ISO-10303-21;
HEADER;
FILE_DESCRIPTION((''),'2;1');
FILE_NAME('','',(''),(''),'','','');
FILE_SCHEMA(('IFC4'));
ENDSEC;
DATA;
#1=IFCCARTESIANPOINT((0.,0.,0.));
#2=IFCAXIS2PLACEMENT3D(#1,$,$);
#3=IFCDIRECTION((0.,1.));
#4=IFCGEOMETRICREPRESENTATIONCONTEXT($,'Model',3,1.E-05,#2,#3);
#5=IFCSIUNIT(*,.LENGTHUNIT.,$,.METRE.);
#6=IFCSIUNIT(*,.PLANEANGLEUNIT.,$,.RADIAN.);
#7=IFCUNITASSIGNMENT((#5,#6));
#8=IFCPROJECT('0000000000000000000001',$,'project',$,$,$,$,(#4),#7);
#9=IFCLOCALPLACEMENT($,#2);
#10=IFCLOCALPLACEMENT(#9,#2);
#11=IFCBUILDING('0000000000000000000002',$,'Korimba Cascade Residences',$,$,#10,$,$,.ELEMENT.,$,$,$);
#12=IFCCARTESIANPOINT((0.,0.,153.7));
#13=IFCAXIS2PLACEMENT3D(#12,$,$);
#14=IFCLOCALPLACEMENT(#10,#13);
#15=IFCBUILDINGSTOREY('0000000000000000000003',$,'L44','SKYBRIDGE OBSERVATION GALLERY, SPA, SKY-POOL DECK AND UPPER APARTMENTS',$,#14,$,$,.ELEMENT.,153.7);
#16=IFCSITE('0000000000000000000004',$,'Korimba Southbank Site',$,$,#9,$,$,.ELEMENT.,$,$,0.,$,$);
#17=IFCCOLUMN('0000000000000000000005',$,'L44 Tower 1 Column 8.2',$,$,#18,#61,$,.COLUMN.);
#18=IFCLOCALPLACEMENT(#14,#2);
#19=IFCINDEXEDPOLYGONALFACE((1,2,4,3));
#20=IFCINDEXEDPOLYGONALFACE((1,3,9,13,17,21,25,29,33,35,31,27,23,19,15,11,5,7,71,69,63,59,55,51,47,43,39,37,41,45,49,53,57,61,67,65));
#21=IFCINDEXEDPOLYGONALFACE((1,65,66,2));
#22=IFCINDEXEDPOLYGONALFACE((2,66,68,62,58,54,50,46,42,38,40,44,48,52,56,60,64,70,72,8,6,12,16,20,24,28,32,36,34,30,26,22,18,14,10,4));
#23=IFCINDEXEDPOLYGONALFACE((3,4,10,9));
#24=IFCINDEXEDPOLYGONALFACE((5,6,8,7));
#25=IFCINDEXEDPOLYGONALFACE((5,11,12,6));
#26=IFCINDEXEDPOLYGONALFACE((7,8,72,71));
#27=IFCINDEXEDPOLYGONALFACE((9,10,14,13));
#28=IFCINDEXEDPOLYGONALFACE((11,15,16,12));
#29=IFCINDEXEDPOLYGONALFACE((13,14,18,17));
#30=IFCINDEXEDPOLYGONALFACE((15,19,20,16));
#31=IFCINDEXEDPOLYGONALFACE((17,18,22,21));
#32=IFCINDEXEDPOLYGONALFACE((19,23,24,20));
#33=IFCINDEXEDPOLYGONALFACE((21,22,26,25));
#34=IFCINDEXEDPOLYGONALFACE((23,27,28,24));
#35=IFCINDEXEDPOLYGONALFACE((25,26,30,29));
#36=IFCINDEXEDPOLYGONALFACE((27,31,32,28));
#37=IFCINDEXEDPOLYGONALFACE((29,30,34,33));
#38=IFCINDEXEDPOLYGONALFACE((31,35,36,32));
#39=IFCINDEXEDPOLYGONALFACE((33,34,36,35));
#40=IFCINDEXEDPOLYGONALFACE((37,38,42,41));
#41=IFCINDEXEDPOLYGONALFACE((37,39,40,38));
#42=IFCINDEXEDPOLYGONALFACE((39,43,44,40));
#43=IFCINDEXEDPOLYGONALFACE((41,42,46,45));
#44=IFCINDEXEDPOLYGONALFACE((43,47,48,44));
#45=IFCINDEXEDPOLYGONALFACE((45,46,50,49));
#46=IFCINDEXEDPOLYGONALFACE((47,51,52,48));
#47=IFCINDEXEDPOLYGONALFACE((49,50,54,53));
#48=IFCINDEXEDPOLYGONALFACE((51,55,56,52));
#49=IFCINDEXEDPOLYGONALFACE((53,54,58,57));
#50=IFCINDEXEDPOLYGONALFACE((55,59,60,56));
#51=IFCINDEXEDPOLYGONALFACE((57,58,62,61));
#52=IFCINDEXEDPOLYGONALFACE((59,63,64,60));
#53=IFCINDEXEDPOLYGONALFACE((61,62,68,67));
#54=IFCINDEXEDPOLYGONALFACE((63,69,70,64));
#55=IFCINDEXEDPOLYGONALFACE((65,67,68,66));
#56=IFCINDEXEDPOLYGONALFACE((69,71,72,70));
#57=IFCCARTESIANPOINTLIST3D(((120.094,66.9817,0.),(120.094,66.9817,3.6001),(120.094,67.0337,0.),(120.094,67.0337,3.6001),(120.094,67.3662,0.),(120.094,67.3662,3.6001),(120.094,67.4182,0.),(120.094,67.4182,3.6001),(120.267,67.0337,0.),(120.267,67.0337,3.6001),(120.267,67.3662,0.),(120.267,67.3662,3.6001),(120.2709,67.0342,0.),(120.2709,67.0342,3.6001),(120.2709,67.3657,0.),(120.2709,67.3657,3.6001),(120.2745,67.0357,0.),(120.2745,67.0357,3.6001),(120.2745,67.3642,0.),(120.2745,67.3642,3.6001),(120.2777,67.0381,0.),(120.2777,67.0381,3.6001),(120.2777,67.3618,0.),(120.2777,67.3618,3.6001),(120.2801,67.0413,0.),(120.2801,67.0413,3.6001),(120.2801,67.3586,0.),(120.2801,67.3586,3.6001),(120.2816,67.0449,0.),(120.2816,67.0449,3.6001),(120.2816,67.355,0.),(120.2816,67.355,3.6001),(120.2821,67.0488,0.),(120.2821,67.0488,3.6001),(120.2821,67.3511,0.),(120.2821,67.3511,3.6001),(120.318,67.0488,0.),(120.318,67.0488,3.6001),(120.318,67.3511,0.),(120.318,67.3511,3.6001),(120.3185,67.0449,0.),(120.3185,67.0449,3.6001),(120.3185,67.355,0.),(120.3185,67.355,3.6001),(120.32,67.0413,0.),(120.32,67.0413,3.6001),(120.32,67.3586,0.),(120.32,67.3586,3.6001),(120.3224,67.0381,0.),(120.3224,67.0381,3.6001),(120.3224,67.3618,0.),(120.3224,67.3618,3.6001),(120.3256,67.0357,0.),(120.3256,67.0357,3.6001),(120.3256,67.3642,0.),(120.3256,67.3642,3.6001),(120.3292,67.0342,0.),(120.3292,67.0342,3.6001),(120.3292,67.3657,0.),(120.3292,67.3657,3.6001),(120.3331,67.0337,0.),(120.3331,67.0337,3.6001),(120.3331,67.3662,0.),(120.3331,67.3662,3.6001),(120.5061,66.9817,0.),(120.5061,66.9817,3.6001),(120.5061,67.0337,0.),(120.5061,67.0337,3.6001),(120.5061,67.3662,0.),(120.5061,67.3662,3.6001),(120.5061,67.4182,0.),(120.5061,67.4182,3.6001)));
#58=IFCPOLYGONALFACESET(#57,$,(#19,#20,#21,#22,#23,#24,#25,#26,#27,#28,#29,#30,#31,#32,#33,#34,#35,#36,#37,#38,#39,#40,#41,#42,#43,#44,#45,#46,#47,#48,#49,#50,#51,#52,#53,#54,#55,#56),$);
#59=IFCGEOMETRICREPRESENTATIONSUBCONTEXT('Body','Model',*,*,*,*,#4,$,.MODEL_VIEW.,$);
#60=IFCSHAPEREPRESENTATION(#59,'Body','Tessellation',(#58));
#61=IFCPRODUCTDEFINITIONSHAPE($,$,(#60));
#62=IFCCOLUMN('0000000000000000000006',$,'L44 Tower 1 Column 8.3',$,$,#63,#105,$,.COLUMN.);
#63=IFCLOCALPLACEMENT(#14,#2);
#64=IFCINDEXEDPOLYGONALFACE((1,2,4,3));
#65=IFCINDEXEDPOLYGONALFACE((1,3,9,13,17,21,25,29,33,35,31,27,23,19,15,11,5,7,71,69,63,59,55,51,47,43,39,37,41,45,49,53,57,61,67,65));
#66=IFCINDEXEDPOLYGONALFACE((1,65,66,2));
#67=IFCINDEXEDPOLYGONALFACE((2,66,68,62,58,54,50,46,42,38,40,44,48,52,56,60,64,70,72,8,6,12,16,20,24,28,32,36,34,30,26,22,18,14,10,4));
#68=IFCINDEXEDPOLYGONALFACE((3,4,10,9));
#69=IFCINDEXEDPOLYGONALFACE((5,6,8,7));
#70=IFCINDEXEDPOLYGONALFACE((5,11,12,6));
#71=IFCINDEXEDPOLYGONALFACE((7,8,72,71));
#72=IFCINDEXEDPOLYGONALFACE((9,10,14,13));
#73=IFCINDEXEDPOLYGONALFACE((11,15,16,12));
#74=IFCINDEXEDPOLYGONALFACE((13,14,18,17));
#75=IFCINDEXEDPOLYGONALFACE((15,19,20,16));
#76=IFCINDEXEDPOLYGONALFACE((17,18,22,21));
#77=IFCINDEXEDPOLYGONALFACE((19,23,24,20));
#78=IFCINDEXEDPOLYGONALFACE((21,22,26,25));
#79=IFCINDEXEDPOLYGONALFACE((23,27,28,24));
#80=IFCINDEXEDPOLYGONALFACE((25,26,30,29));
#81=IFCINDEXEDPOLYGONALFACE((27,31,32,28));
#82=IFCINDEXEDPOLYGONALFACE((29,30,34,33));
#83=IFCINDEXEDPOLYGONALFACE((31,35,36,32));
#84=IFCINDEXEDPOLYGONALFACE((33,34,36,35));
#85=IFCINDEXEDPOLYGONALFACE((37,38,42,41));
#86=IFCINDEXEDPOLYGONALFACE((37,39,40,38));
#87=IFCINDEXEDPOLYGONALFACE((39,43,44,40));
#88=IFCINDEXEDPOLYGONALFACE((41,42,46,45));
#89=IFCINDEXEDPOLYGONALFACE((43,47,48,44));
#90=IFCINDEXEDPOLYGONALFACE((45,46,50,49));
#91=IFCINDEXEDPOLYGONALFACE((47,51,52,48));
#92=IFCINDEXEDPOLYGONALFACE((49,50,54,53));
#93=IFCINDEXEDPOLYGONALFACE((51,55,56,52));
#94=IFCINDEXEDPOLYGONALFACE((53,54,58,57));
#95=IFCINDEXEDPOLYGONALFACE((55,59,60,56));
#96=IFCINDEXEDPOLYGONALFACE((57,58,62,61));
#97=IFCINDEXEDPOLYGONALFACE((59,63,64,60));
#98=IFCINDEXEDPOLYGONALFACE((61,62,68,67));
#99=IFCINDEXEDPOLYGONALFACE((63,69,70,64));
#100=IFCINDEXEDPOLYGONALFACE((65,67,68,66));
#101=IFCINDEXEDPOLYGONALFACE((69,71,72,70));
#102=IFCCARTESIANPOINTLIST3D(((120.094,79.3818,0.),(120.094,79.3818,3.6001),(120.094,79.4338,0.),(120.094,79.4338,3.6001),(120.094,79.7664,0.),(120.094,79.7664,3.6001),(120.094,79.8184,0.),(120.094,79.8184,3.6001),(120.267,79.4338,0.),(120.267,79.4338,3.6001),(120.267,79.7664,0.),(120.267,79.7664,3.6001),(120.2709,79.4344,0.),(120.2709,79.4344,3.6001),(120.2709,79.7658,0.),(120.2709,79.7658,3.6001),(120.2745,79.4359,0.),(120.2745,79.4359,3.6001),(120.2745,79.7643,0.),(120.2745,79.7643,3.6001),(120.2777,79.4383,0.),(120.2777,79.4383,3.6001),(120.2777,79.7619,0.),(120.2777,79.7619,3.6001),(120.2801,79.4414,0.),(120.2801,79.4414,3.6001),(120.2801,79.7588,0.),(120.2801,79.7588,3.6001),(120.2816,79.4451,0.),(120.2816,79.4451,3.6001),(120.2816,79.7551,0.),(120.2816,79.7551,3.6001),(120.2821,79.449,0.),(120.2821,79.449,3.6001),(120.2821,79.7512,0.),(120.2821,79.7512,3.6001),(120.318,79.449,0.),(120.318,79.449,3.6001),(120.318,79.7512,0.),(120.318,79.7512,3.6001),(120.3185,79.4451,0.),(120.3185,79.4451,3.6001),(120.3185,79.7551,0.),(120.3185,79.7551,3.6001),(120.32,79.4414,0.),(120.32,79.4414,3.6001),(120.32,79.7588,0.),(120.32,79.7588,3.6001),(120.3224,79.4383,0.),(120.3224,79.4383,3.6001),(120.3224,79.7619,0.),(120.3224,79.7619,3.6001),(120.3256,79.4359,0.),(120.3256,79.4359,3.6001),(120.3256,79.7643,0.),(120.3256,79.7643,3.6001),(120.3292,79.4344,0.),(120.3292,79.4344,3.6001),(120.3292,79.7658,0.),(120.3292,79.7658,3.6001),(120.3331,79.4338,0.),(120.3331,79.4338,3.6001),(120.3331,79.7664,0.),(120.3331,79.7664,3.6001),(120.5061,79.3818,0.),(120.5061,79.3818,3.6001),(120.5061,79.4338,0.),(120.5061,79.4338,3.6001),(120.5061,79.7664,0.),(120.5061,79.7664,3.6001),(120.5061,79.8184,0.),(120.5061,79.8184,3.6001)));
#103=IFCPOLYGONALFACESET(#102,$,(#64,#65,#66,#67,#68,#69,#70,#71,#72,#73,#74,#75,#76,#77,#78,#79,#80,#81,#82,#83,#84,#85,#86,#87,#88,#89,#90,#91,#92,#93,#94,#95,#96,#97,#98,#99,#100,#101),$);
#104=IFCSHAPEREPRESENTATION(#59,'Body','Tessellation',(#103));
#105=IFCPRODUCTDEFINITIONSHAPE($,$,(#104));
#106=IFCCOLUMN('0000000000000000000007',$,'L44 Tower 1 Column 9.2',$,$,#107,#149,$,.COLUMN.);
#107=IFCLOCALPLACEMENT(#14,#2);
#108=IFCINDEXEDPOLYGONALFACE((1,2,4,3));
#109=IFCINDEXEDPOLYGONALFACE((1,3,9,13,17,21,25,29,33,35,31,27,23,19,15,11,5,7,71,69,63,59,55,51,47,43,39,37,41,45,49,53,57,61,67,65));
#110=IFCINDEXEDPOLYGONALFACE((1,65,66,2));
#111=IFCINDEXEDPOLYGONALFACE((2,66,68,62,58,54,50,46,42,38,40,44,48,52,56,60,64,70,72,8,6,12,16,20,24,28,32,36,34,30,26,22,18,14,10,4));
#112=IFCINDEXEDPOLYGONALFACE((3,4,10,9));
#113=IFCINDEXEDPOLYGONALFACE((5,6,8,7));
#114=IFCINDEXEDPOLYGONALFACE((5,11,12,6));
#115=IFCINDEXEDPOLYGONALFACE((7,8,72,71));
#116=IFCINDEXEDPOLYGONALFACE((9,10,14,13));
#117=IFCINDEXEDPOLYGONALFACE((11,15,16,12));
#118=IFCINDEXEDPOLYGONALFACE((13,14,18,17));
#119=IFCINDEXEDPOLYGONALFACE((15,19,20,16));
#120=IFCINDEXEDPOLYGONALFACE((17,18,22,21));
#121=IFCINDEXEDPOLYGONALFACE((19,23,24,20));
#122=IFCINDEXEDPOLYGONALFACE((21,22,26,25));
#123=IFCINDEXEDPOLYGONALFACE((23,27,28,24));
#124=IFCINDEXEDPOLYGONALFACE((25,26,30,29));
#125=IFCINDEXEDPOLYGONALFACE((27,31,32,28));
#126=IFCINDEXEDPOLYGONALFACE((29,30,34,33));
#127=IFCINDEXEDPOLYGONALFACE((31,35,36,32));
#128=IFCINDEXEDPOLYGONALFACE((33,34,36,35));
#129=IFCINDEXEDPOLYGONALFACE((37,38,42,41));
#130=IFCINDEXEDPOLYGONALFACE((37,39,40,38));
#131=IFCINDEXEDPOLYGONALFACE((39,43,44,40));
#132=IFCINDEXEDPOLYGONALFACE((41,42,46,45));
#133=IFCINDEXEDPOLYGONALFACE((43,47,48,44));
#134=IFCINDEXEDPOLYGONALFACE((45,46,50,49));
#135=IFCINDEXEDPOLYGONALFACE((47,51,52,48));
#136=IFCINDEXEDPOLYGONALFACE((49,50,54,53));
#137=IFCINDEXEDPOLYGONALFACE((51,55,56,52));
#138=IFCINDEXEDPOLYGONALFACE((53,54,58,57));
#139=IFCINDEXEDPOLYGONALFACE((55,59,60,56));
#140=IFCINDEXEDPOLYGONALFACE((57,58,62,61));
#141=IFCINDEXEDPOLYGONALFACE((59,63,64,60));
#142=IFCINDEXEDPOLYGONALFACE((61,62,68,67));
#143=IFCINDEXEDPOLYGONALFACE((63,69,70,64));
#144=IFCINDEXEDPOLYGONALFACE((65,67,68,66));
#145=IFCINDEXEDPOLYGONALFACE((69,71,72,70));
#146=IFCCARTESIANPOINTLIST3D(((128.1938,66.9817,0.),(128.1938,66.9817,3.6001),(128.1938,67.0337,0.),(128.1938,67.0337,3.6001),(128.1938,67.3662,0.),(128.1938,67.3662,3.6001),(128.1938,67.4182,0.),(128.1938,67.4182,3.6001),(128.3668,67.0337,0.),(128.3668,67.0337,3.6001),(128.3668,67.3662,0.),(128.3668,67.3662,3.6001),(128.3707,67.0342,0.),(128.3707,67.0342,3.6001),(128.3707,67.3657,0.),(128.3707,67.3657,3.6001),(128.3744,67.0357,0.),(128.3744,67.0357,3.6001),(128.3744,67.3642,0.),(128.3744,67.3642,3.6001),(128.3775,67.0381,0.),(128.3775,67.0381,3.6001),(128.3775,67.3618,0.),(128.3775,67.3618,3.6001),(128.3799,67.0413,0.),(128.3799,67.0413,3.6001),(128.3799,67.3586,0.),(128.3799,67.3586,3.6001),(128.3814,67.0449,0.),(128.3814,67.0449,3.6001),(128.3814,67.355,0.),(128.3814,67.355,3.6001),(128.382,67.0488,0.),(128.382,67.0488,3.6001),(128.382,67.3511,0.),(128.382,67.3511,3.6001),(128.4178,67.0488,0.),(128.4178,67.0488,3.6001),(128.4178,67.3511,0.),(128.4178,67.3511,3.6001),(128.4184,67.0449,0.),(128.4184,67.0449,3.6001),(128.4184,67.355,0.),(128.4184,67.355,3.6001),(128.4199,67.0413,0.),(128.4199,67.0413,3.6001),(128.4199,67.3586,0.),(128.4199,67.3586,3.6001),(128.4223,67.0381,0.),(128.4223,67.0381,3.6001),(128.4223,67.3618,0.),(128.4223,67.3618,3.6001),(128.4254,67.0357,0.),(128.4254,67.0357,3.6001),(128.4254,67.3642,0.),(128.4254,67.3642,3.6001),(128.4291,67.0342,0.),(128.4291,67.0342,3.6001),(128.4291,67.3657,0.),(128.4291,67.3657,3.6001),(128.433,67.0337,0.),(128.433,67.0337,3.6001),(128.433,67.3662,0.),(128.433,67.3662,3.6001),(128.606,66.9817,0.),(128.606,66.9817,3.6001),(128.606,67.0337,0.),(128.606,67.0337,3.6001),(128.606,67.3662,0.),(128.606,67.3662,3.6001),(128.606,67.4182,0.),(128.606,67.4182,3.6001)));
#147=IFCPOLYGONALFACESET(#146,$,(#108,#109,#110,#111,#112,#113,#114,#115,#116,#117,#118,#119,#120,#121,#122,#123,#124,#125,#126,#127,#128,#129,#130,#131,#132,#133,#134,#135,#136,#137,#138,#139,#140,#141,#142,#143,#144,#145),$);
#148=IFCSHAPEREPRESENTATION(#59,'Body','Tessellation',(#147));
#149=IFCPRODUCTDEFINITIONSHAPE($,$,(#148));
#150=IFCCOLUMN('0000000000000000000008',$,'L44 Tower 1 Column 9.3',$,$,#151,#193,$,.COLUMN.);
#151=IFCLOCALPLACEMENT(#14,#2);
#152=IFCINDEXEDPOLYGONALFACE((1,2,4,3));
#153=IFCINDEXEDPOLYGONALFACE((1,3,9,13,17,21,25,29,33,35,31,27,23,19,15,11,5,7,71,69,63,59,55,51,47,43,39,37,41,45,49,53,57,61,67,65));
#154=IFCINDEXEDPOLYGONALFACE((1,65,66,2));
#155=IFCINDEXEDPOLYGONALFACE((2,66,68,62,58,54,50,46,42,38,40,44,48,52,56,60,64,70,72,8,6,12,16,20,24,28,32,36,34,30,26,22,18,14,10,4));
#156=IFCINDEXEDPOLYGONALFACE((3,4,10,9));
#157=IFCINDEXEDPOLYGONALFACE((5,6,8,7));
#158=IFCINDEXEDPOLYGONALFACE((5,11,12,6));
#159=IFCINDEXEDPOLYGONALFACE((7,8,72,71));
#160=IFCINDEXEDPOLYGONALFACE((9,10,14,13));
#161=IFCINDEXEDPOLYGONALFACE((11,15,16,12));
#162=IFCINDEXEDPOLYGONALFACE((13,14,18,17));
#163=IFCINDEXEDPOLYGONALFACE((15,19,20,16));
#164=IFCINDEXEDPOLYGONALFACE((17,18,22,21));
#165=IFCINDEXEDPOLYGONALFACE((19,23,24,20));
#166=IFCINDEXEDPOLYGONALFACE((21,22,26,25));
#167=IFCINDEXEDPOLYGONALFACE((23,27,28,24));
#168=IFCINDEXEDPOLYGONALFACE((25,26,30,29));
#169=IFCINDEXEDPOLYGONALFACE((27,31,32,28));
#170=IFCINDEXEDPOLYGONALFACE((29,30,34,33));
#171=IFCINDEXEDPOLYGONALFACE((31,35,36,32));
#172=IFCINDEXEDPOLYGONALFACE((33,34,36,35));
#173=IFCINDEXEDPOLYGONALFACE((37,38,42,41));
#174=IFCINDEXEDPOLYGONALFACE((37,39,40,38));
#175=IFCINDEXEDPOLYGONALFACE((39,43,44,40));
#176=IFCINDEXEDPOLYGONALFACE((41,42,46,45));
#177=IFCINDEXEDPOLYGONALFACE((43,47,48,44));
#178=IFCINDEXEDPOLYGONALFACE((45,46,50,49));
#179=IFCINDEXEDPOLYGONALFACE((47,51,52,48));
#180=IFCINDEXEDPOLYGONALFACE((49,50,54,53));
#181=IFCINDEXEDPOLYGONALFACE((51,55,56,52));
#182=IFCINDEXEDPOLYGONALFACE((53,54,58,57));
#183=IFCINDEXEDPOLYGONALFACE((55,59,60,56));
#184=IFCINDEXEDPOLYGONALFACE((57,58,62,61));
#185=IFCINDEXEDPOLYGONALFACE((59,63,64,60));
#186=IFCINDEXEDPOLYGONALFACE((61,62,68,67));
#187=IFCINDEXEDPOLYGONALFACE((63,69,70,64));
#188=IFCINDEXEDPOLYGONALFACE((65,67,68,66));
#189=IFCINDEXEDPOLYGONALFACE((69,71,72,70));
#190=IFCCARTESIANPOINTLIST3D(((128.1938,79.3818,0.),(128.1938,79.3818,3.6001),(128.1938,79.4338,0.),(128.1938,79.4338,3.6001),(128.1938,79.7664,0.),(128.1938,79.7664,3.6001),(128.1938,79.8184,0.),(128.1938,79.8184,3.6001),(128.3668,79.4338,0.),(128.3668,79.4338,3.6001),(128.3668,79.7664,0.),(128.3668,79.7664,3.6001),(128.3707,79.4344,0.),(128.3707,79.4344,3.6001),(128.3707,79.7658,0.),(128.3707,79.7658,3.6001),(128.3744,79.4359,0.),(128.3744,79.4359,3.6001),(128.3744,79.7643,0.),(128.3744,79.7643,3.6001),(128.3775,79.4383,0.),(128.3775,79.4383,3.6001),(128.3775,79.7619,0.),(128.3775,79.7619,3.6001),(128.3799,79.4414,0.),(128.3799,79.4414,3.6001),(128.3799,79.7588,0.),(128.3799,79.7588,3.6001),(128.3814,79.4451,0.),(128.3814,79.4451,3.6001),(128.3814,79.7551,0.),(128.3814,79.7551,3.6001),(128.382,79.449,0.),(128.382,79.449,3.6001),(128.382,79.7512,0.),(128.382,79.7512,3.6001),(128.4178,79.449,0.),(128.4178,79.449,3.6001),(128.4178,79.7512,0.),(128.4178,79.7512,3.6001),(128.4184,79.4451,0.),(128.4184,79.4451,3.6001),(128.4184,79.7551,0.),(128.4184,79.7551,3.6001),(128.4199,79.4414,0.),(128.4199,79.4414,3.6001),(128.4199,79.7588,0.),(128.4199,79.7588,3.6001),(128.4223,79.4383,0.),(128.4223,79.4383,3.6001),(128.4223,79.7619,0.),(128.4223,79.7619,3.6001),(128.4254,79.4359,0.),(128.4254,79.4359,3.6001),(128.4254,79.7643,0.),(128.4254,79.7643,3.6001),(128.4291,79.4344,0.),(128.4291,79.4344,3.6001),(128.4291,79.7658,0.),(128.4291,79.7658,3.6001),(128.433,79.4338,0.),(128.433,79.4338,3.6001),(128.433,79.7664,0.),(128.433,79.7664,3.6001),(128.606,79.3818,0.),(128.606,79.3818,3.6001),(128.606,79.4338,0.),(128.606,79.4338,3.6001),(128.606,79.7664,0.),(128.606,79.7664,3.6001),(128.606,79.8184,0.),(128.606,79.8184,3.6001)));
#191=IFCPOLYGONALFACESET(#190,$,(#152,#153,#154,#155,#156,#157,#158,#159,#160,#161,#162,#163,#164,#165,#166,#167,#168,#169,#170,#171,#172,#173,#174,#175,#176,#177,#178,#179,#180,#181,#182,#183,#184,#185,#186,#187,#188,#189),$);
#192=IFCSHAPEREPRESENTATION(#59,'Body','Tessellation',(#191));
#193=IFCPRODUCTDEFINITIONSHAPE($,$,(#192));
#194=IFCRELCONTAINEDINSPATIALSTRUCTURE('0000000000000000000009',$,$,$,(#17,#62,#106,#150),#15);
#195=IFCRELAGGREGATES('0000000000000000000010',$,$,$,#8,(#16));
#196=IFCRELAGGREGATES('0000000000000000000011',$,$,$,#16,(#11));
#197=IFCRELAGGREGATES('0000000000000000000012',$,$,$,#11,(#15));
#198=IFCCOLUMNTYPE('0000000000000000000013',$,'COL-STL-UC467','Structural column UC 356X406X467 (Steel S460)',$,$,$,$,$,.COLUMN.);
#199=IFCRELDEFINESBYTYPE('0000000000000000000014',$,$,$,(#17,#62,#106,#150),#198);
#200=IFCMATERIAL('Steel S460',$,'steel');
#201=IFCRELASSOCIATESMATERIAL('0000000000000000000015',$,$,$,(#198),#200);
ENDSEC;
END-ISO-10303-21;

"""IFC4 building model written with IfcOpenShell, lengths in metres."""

from ifc_helpers import new_model, si_unit, direction, frame, origin, origin_2d, place, context, subcontext, project, spatial, i_section, extrude, material, material_profile, profile_set, type_object, element, save


model = new_model("IFC4")

# Units and contexts
model_context = context("Model", 3, precision=1e-05, world=origin(), true_north=direction((0.0, 1.0)))
body_context = subcontext(model_context, "Body", "Model", "MODEL_VIEW")
ifc_project = project(units=[si_unit("LENGTHUNIT", "METRE"), si_unit("PLANEANGLEUNIT", "RADIAN")], contexts=[model_context])

# Site, building, storey
site_placement = place(None, origin())
site = spatial("IfcSite", under=ifc_project, at=site_placement, Name="Korimba Southbank Site", CompositionType="ELEMENT", RefElevation=0.0)
building_placement = place(site_placement, origin())
building = spatial("IfcBuilding", under=site, at=building_placement, Name="Korimba Cascade Residences", CompositionType="ELEMENT")
storey_placement = place(building_placement, frame((0.0, 0.0, 153.7)))
storey = spatial("IfcBuildingStorey", under=building, at=storey_placement, Name="L44", Description="SKYBRIDGE OBSERVATION GALLERY, SPA, SKY-POOL DECK AND UPPER APARTMENTS", CompositionType="ELEMENT", Elevation=153.7)

# Columns
ifc_material_1 = material(Name="Steel S460", Category="steel")
ifc_material_profile_1 = material_profile(ifc_material_1, i_section(OverallWidth=0.4121, OverallDepth=0.4365, WebThickness=0.0359, FlangeThickness=0.052, FilletRadius=0.0151, at=origin_2d()), Name="Steel S460")
ifc_profile_set_1 = profile_set([ifc_material_profile_1], Name="Steel S460")
column_type = type_object("IfcColumnType", Name="COL-STL-UC467", Description="Structural column UC 356X406X467 (Steel S460)", PredefinedType="COLUMN", material=ifc_profile_set_1)
for number, where, z_axis, x_axis, name in (
    (1, (120.3, 67.2, 0.0), (0.0, 0.0, 1.0), (1.0, 0.0, 0.0), "L44 Tower 1 Column 8.2"),
    (2, (120.3, 79.6001, 0.0), (0.0, 0.0, 1.0), (1.0, 0.0, 0.0), "L44 Tower 1 Column 8.3"),
    (3, (128.3999, 67.2, 0.0), (0.0, 0.0, 1.0), (1.0, 0.0, 0.0), "L44 Tower 1 Column 9.2"),
    (4, (128.3999, 79.6001, 0.0), (0.0, 0.0, 1.0), (1.0, 0.0, 0.0), "L44 Tower 1 Column 9.3"),
):
    element("IfcColumn", number, at=place(storey_placement, frame(where, z_axis=z_axis, x_axis=x_axis)), inside=storey, type_object=column_type, Name=name, PredefinedType="COLUMN", context=body_context, shape_type="SweptSolid", body=[
        extrude(i_section(OverallWidth=0.4121, OverallDepth=0.4365, WebThickness=0.0359, FlangeThickness=0.052, FilletRadius=0.0151, at=origin_2d()), origin(), (0.0, 0.0, 1.0), 3.6001),
    ])

save(model, "model.ifc")
